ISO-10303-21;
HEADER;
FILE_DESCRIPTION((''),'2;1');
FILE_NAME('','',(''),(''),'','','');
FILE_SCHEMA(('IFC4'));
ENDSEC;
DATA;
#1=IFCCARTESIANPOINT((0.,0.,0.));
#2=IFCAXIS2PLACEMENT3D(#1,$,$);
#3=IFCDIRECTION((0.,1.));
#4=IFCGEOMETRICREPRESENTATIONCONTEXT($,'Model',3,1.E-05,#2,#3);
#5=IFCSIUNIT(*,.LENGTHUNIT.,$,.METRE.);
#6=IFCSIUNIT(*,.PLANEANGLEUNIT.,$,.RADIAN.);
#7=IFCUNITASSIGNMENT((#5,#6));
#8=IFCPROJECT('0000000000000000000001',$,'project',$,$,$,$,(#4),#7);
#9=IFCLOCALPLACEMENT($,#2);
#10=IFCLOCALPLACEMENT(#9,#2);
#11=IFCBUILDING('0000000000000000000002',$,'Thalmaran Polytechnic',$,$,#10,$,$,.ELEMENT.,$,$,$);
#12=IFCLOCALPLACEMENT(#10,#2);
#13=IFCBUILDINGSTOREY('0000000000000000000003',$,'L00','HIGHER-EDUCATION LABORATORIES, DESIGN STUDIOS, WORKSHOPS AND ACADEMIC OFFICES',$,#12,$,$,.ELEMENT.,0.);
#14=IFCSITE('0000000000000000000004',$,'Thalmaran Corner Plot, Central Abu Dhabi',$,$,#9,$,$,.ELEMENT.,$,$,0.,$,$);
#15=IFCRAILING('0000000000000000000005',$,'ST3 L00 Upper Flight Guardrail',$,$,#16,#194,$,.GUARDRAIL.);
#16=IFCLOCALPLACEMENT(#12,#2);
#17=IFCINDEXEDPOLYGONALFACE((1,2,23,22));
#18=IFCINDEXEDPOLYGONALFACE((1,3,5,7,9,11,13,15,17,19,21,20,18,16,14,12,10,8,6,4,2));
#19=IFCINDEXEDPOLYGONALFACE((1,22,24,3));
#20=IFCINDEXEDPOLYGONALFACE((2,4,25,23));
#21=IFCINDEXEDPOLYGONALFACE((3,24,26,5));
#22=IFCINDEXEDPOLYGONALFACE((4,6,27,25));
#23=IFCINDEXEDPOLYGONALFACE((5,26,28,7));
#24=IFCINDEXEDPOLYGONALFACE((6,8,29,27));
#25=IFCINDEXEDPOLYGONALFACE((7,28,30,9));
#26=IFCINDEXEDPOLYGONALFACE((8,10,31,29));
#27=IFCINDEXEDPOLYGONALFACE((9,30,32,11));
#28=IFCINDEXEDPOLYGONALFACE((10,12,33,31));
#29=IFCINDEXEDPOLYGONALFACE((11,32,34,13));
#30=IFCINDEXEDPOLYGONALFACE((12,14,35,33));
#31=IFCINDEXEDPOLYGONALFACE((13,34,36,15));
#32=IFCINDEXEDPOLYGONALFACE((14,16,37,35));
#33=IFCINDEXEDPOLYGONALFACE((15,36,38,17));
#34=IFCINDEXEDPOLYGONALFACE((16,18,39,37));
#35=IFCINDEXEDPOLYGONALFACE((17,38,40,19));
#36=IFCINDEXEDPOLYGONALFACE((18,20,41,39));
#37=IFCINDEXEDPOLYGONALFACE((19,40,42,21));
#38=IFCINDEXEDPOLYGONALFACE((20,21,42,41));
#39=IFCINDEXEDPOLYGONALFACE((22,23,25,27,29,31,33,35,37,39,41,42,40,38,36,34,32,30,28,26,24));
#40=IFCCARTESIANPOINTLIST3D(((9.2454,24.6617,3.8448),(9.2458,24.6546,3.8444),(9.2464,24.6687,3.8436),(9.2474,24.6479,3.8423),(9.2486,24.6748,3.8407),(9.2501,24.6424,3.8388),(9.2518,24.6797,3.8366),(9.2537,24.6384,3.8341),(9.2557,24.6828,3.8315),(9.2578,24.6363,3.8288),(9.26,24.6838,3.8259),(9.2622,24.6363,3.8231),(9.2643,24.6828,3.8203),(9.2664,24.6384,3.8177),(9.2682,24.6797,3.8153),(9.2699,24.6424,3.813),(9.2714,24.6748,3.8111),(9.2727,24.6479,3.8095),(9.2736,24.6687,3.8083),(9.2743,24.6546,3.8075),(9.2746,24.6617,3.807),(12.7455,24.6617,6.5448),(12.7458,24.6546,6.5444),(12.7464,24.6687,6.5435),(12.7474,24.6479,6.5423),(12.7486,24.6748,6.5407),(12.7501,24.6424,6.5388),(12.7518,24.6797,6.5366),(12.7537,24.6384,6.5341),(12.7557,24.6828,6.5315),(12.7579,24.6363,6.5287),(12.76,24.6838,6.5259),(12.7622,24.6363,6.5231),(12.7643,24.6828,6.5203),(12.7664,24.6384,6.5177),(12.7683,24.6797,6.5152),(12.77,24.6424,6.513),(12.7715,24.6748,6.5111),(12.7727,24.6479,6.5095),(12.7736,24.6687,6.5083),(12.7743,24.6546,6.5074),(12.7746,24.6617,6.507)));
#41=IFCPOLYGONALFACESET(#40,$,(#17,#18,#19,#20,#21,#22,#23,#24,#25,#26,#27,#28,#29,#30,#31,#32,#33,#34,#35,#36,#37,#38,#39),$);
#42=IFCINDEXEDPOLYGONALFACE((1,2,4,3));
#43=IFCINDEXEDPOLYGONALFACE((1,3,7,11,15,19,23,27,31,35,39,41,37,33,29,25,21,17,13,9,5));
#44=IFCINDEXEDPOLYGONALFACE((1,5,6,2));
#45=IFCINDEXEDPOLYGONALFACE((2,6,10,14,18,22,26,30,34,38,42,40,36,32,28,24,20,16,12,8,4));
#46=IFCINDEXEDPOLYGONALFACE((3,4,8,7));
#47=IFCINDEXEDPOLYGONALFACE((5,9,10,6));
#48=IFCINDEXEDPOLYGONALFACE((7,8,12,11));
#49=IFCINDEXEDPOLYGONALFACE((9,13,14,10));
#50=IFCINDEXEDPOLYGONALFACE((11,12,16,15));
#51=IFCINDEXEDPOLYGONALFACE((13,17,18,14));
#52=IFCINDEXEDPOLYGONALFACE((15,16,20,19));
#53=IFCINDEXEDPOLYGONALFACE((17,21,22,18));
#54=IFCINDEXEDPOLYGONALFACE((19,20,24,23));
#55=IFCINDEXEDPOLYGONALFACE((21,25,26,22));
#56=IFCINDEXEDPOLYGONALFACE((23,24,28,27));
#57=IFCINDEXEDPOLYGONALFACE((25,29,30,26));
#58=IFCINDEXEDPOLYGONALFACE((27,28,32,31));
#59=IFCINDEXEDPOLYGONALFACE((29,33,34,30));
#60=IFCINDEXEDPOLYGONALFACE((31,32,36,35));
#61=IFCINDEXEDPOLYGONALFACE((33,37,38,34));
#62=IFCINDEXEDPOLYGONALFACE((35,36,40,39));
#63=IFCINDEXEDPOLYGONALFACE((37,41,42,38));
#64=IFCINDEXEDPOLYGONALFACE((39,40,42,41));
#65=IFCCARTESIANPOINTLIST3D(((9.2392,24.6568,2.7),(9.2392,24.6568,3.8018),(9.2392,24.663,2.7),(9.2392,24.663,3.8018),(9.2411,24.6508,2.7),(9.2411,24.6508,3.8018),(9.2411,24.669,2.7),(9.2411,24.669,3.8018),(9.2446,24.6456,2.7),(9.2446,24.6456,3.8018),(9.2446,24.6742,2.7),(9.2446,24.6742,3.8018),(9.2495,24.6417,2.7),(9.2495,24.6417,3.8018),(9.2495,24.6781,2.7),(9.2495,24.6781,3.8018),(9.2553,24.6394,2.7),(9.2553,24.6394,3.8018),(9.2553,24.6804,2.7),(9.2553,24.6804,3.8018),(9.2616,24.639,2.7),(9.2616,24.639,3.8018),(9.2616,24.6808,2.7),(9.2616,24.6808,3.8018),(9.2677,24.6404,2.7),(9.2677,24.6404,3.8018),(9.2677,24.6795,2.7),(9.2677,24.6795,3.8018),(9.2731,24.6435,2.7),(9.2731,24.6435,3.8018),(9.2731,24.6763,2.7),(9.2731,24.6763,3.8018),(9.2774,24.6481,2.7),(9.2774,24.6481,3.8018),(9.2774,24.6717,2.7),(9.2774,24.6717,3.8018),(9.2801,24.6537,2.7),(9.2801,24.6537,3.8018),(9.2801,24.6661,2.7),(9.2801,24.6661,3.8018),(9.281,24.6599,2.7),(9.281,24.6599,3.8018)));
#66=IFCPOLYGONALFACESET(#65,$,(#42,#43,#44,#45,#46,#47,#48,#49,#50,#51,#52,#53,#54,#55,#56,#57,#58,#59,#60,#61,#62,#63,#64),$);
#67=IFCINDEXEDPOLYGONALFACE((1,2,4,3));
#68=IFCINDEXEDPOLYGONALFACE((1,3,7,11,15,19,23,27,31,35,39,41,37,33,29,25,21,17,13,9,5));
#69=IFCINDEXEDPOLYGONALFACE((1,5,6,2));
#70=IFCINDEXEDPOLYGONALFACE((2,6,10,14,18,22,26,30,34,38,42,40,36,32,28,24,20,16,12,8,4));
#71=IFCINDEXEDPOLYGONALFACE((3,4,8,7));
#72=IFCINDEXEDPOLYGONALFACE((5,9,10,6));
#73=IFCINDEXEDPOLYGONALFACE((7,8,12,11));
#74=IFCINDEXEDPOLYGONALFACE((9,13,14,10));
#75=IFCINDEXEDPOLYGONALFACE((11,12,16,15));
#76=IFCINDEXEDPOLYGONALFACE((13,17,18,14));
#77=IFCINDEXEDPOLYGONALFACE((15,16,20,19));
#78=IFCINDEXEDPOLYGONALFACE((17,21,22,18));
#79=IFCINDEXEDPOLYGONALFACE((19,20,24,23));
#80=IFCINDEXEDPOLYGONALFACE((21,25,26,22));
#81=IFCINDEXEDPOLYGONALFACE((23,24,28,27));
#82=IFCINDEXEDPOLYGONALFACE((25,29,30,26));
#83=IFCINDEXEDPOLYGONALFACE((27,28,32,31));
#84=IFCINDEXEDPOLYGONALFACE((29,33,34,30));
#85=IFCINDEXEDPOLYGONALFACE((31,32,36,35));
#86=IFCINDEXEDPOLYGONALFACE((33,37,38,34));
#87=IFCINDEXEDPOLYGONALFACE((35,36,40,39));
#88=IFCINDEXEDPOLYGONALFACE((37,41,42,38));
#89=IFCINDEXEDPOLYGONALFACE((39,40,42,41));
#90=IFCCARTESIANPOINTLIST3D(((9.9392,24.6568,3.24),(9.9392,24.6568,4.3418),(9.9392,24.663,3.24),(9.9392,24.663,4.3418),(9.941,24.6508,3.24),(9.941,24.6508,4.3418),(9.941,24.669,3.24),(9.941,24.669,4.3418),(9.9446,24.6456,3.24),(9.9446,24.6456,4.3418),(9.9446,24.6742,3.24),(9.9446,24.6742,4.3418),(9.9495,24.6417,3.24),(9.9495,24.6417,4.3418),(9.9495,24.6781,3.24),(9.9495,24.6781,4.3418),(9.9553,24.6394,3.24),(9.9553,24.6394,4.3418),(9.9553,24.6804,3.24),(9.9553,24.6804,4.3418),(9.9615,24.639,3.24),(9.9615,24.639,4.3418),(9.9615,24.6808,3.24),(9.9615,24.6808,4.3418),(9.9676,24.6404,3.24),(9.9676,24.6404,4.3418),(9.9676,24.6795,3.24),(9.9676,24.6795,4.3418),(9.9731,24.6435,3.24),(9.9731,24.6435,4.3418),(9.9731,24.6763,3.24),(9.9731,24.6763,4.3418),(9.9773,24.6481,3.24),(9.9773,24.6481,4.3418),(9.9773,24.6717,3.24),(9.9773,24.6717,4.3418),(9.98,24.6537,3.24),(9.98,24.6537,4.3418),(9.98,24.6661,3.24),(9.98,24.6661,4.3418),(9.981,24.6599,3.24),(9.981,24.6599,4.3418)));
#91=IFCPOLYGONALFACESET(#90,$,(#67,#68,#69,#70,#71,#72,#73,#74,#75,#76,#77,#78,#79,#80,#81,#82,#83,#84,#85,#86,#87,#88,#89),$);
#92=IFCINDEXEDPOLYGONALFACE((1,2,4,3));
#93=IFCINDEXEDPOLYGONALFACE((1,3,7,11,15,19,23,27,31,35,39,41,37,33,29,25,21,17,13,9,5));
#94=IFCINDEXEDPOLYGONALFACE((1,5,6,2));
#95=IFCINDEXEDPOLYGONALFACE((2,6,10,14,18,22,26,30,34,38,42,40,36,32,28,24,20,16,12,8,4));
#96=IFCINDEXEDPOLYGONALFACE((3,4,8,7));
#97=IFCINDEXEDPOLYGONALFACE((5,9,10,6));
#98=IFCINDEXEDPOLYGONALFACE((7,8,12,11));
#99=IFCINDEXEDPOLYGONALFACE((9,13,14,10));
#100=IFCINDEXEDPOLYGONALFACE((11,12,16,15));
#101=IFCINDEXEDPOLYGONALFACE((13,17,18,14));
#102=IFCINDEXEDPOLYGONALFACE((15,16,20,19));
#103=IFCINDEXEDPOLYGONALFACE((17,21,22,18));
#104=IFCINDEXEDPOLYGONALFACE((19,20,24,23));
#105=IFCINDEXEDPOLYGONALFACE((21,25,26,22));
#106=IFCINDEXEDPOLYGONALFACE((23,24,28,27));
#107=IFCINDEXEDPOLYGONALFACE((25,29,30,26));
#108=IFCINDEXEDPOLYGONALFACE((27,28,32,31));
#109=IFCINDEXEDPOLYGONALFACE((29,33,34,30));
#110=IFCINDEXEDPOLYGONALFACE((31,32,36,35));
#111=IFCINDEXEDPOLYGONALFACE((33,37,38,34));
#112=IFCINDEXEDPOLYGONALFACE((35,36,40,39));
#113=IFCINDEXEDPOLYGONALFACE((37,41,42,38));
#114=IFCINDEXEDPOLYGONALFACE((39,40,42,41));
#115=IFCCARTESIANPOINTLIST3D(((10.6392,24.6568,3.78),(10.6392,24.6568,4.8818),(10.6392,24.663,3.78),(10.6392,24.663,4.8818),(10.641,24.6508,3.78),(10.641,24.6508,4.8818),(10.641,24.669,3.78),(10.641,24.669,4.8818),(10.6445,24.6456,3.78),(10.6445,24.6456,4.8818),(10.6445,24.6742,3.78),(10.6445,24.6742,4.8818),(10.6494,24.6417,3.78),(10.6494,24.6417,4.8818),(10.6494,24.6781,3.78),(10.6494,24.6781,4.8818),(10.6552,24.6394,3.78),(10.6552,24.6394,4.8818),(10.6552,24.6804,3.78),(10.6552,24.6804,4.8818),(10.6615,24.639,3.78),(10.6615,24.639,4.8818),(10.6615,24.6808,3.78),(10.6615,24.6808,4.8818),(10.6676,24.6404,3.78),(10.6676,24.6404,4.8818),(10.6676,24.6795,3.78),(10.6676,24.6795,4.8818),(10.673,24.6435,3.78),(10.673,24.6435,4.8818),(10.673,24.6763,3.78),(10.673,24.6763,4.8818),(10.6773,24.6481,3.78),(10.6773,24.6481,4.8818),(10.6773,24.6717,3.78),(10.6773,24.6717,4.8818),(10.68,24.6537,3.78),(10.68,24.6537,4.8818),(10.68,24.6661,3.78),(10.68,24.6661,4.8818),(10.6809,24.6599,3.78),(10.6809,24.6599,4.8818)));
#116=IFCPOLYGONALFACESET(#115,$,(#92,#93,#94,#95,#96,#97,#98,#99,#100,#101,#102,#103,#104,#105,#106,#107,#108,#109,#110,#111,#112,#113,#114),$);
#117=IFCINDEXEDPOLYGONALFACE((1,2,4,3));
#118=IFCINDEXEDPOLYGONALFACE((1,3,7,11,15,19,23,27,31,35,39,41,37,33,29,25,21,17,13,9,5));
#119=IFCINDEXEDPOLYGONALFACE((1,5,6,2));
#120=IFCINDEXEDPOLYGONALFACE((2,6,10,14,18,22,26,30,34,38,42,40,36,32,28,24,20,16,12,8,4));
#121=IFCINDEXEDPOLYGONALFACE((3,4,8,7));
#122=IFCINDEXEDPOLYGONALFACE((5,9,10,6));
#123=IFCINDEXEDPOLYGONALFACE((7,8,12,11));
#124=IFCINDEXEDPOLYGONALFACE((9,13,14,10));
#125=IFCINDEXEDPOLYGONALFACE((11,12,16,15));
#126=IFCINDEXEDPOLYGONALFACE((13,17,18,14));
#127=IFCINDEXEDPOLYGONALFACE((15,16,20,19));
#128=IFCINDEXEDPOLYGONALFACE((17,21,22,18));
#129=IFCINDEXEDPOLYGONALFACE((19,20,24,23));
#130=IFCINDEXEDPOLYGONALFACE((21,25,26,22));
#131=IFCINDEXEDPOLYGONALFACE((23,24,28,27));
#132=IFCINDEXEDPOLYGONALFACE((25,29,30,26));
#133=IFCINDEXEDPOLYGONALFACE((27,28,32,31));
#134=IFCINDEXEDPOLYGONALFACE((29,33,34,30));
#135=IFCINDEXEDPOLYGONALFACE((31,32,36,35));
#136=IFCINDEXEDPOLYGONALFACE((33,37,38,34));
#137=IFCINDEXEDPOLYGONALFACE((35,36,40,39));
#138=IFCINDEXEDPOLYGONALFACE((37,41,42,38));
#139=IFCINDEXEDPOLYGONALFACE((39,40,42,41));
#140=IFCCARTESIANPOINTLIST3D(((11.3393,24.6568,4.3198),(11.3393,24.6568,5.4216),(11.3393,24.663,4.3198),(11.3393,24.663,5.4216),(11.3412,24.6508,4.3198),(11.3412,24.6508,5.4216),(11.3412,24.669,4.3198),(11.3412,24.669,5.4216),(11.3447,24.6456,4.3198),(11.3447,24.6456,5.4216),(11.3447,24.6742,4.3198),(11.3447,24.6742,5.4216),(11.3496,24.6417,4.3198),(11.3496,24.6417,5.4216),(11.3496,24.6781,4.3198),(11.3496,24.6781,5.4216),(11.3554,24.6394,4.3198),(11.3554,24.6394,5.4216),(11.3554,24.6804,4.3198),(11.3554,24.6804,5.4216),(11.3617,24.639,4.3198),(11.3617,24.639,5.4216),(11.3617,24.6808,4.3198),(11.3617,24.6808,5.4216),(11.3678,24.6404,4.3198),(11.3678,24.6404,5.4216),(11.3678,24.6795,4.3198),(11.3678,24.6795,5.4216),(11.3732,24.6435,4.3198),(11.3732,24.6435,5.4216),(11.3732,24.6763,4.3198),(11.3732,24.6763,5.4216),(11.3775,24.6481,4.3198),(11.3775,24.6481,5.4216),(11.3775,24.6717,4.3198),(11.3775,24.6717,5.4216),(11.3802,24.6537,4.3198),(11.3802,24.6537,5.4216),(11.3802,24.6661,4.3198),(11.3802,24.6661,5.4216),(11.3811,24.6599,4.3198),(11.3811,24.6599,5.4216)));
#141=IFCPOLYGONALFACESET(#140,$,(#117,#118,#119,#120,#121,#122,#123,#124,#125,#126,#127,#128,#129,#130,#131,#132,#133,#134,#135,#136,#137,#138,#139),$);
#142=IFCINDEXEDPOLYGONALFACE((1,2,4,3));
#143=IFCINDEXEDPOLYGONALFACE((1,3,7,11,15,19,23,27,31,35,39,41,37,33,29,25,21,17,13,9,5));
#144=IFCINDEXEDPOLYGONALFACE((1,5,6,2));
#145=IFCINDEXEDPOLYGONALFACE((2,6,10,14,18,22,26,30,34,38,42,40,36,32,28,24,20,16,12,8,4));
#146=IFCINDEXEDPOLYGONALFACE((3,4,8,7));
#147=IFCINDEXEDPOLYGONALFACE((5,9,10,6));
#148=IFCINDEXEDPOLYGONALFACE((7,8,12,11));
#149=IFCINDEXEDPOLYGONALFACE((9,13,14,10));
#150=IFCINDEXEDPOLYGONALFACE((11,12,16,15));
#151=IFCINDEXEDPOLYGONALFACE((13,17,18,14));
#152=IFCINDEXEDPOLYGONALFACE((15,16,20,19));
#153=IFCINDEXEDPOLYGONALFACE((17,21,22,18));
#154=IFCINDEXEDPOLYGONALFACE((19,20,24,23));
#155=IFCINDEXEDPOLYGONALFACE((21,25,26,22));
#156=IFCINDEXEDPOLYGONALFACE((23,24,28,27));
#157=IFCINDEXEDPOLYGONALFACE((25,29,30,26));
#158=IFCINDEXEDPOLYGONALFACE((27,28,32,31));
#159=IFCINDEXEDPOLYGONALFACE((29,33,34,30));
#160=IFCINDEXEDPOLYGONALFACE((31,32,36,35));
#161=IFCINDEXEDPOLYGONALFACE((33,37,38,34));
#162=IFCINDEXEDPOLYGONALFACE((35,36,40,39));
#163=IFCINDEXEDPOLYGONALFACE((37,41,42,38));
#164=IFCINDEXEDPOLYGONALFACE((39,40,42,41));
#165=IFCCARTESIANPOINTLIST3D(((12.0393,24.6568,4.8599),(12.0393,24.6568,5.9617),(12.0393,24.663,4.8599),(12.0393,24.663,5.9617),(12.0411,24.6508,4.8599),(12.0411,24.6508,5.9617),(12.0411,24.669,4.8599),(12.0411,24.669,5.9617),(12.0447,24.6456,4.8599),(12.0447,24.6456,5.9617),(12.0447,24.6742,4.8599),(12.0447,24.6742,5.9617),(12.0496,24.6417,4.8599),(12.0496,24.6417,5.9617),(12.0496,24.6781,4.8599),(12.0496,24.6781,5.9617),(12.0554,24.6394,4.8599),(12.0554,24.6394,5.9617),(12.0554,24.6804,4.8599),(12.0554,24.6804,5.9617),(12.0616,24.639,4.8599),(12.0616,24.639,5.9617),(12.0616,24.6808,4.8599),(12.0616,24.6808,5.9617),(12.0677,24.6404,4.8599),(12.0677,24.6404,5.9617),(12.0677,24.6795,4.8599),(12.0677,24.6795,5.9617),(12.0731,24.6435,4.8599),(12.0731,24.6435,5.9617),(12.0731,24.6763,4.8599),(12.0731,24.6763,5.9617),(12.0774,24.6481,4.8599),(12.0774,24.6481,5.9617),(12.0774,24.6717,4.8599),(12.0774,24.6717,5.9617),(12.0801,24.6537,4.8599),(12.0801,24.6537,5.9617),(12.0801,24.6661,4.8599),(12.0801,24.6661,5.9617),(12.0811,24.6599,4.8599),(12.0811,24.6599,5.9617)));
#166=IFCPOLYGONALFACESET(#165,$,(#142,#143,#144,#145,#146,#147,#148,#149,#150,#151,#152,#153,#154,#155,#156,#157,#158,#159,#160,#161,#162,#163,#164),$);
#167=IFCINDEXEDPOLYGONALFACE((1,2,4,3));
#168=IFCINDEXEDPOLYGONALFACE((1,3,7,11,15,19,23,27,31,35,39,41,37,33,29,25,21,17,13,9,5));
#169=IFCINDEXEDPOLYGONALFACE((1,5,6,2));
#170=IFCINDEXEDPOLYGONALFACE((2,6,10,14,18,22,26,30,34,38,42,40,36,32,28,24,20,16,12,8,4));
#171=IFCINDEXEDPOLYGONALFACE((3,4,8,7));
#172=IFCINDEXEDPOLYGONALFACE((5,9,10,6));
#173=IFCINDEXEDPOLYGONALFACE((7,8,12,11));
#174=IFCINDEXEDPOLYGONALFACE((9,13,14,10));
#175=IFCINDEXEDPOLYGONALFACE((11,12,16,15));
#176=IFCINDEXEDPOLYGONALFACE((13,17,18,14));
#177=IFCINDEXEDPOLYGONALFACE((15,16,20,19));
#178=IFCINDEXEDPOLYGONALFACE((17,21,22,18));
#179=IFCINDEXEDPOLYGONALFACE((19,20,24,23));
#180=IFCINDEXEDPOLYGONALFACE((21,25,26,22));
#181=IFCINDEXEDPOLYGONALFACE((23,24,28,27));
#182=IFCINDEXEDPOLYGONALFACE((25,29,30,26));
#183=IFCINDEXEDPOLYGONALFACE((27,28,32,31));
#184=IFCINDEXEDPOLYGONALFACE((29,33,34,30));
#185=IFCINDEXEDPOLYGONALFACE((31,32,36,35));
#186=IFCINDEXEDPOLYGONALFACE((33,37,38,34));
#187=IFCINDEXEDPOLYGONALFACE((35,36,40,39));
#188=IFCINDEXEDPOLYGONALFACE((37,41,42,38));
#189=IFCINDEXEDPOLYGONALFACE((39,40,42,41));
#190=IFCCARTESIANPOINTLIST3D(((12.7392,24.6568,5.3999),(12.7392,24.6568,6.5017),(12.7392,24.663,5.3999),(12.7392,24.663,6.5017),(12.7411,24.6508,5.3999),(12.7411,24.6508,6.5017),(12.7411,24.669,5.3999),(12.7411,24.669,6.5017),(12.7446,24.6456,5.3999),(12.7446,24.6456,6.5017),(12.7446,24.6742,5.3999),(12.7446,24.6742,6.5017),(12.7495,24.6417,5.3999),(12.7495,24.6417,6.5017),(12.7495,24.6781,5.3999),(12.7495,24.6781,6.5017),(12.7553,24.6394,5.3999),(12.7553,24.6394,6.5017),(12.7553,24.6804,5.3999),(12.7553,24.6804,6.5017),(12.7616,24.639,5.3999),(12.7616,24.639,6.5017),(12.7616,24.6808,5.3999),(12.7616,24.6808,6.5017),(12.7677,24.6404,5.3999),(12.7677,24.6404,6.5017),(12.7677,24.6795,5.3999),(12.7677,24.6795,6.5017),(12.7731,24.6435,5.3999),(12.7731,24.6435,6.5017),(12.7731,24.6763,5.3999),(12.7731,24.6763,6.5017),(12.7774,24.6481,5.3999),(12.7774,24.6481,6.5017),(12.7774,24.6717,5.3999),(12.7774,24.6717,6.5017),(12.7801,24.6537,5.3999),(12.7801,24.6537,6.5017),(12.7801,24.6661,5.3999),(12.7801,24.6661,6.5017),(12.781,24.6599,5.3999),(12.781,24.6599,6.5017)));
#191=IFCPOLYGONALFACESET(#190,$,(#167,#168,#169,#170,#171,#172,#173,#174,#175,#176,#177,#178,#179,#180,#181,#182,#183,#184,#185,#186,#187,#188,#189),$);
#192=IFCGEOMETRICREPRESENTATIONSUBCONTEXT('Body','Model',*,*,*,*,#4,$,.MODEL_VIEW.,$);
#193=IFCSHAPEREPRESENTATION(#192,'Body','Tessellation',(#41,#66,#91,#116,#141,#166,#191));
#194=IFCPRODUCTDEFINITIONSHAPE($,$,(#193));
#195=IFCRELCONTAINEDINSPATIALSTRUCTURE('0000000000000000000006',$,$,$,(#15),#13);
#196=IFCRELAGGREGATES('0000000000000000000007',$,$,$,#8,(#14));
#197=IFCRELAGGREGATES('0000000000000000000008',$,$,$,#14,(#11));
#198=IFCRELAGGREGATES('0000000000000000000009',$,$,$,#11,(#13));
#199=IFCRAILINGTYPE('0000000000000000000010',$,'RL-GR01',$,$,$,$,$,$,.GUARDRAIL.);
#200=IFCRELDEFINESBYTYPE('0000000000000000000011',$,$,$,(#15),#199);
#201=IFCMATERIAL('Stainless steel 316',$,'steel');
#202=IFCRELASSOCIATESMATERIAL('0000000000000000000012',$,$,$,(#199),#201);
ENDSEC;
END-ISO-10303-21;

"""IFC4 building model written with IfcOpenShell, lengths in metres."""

from ifc_helpers import new_model, si_unit, direction, frame, origin, origin_2d, place, context, subcontext, project, spatial, circle, extrude, material, type_object, element, save


model = new_model("IFC4")

# Units and contexts
model_context = context("Model", 3, precision=1e-05, world=origin(), true_north=direction((0.0, 1.0)))
body_context = subcontext(model_context, "Body", "Model", "MODEL_VIEW")
ifc_project = project(units=[si_unit("LENGTHUNIT", "METRE"), si_unit("PLANEANGLEUNIT", "RADIAN")], contexts=[model_context])

# Site, building, storey
site_placement = place(None, origin())
site = spatial("IfcSite", under=ifc_project, at=site_placement, Name="Thalmaran Corner Plot, Central Abu Dhabi", CompositionType="ELEMENT", RefElevation=0.0)
building_placement = place(site_placement, origin())
building = spatial("IfcBuilding", under=site, at=building_placement, Name="Thalmaran Polytechnic", CompositionType="ELEMENT")
storey_placement = place(building_placement, origin())
storey = spatial("IfcBuildingStorey", under=building, at=storey_placement, Name="L00", Description="HIGHER-EDUCATION LABORATORIES, DESIGN STUDIOS, WORKSHOPS AND ACADEMIC OFFICES", CompositionType="ELEMENT", Elevation=0.0)

# Railing
ifc_material_1 = material(Name="Stainless steel 316", Category="steel")
railing_type_1 = type_object("IfcRailingType", Name="RL-GR01", PredefinedType="GUARDRAIL", material=ifc_material_1)
railing_1_placement = place(storey_placement, frame((9.26, 24.6599, 2.7)))
element("IfcRailing", 1, at=railing_1_placement, inside=storey, type_object=railing_type_1, Name="ST3 L00 Upper Flight Guardrail", PredefinedType="GUARDRAIL", context=body_context, shape_type="SweptSolid", body=[
    extrude(circle(Radius=0.0239, at=origin_2d()), frame((0.0, 0.0, 1.126), z_axis=(0.791788, 0.0, 0.610797), x_axis=(0.0, 1.0, 0.0)), (0.0, 0.0, 1.0), 4.4204),
    extrude(circle(Radius=0.021, at=origin_2d()), origin(), (0.0, 0.0, 1.0), 1.1018),
    extrude(circle(Radius=0.021, at=origin_2d()), frame((0.7, 0.0, 0.54)), (0.0, 0.0, 1.0), 1.1018),
    extrude(circle(Radius=0.021, at=origin_2d()), frame((1.3999, 0.0, 1.0801)), (0.0, 0.0, 1.0), 1.1018),
    extrude(circle(Radius=0.021, at=origin_2d()), frame((2.1001, 0.0, 1.6199)), (0.0, 0.0, 1.0), 1.1018),
    extrude(circle(Radius=0.021, at=origin_2d()), frame((2.8, 0.0, 2.1599)), (0.0, 0.0, 1.0), 1.1018),
    extrude(circle(Radius=0.021, at=origin_2d()), frame((3.5, 0.0, 2.7)), (0.0, 0.0, 1.0), 1.1018),
])

save(model, "model.ifc")
